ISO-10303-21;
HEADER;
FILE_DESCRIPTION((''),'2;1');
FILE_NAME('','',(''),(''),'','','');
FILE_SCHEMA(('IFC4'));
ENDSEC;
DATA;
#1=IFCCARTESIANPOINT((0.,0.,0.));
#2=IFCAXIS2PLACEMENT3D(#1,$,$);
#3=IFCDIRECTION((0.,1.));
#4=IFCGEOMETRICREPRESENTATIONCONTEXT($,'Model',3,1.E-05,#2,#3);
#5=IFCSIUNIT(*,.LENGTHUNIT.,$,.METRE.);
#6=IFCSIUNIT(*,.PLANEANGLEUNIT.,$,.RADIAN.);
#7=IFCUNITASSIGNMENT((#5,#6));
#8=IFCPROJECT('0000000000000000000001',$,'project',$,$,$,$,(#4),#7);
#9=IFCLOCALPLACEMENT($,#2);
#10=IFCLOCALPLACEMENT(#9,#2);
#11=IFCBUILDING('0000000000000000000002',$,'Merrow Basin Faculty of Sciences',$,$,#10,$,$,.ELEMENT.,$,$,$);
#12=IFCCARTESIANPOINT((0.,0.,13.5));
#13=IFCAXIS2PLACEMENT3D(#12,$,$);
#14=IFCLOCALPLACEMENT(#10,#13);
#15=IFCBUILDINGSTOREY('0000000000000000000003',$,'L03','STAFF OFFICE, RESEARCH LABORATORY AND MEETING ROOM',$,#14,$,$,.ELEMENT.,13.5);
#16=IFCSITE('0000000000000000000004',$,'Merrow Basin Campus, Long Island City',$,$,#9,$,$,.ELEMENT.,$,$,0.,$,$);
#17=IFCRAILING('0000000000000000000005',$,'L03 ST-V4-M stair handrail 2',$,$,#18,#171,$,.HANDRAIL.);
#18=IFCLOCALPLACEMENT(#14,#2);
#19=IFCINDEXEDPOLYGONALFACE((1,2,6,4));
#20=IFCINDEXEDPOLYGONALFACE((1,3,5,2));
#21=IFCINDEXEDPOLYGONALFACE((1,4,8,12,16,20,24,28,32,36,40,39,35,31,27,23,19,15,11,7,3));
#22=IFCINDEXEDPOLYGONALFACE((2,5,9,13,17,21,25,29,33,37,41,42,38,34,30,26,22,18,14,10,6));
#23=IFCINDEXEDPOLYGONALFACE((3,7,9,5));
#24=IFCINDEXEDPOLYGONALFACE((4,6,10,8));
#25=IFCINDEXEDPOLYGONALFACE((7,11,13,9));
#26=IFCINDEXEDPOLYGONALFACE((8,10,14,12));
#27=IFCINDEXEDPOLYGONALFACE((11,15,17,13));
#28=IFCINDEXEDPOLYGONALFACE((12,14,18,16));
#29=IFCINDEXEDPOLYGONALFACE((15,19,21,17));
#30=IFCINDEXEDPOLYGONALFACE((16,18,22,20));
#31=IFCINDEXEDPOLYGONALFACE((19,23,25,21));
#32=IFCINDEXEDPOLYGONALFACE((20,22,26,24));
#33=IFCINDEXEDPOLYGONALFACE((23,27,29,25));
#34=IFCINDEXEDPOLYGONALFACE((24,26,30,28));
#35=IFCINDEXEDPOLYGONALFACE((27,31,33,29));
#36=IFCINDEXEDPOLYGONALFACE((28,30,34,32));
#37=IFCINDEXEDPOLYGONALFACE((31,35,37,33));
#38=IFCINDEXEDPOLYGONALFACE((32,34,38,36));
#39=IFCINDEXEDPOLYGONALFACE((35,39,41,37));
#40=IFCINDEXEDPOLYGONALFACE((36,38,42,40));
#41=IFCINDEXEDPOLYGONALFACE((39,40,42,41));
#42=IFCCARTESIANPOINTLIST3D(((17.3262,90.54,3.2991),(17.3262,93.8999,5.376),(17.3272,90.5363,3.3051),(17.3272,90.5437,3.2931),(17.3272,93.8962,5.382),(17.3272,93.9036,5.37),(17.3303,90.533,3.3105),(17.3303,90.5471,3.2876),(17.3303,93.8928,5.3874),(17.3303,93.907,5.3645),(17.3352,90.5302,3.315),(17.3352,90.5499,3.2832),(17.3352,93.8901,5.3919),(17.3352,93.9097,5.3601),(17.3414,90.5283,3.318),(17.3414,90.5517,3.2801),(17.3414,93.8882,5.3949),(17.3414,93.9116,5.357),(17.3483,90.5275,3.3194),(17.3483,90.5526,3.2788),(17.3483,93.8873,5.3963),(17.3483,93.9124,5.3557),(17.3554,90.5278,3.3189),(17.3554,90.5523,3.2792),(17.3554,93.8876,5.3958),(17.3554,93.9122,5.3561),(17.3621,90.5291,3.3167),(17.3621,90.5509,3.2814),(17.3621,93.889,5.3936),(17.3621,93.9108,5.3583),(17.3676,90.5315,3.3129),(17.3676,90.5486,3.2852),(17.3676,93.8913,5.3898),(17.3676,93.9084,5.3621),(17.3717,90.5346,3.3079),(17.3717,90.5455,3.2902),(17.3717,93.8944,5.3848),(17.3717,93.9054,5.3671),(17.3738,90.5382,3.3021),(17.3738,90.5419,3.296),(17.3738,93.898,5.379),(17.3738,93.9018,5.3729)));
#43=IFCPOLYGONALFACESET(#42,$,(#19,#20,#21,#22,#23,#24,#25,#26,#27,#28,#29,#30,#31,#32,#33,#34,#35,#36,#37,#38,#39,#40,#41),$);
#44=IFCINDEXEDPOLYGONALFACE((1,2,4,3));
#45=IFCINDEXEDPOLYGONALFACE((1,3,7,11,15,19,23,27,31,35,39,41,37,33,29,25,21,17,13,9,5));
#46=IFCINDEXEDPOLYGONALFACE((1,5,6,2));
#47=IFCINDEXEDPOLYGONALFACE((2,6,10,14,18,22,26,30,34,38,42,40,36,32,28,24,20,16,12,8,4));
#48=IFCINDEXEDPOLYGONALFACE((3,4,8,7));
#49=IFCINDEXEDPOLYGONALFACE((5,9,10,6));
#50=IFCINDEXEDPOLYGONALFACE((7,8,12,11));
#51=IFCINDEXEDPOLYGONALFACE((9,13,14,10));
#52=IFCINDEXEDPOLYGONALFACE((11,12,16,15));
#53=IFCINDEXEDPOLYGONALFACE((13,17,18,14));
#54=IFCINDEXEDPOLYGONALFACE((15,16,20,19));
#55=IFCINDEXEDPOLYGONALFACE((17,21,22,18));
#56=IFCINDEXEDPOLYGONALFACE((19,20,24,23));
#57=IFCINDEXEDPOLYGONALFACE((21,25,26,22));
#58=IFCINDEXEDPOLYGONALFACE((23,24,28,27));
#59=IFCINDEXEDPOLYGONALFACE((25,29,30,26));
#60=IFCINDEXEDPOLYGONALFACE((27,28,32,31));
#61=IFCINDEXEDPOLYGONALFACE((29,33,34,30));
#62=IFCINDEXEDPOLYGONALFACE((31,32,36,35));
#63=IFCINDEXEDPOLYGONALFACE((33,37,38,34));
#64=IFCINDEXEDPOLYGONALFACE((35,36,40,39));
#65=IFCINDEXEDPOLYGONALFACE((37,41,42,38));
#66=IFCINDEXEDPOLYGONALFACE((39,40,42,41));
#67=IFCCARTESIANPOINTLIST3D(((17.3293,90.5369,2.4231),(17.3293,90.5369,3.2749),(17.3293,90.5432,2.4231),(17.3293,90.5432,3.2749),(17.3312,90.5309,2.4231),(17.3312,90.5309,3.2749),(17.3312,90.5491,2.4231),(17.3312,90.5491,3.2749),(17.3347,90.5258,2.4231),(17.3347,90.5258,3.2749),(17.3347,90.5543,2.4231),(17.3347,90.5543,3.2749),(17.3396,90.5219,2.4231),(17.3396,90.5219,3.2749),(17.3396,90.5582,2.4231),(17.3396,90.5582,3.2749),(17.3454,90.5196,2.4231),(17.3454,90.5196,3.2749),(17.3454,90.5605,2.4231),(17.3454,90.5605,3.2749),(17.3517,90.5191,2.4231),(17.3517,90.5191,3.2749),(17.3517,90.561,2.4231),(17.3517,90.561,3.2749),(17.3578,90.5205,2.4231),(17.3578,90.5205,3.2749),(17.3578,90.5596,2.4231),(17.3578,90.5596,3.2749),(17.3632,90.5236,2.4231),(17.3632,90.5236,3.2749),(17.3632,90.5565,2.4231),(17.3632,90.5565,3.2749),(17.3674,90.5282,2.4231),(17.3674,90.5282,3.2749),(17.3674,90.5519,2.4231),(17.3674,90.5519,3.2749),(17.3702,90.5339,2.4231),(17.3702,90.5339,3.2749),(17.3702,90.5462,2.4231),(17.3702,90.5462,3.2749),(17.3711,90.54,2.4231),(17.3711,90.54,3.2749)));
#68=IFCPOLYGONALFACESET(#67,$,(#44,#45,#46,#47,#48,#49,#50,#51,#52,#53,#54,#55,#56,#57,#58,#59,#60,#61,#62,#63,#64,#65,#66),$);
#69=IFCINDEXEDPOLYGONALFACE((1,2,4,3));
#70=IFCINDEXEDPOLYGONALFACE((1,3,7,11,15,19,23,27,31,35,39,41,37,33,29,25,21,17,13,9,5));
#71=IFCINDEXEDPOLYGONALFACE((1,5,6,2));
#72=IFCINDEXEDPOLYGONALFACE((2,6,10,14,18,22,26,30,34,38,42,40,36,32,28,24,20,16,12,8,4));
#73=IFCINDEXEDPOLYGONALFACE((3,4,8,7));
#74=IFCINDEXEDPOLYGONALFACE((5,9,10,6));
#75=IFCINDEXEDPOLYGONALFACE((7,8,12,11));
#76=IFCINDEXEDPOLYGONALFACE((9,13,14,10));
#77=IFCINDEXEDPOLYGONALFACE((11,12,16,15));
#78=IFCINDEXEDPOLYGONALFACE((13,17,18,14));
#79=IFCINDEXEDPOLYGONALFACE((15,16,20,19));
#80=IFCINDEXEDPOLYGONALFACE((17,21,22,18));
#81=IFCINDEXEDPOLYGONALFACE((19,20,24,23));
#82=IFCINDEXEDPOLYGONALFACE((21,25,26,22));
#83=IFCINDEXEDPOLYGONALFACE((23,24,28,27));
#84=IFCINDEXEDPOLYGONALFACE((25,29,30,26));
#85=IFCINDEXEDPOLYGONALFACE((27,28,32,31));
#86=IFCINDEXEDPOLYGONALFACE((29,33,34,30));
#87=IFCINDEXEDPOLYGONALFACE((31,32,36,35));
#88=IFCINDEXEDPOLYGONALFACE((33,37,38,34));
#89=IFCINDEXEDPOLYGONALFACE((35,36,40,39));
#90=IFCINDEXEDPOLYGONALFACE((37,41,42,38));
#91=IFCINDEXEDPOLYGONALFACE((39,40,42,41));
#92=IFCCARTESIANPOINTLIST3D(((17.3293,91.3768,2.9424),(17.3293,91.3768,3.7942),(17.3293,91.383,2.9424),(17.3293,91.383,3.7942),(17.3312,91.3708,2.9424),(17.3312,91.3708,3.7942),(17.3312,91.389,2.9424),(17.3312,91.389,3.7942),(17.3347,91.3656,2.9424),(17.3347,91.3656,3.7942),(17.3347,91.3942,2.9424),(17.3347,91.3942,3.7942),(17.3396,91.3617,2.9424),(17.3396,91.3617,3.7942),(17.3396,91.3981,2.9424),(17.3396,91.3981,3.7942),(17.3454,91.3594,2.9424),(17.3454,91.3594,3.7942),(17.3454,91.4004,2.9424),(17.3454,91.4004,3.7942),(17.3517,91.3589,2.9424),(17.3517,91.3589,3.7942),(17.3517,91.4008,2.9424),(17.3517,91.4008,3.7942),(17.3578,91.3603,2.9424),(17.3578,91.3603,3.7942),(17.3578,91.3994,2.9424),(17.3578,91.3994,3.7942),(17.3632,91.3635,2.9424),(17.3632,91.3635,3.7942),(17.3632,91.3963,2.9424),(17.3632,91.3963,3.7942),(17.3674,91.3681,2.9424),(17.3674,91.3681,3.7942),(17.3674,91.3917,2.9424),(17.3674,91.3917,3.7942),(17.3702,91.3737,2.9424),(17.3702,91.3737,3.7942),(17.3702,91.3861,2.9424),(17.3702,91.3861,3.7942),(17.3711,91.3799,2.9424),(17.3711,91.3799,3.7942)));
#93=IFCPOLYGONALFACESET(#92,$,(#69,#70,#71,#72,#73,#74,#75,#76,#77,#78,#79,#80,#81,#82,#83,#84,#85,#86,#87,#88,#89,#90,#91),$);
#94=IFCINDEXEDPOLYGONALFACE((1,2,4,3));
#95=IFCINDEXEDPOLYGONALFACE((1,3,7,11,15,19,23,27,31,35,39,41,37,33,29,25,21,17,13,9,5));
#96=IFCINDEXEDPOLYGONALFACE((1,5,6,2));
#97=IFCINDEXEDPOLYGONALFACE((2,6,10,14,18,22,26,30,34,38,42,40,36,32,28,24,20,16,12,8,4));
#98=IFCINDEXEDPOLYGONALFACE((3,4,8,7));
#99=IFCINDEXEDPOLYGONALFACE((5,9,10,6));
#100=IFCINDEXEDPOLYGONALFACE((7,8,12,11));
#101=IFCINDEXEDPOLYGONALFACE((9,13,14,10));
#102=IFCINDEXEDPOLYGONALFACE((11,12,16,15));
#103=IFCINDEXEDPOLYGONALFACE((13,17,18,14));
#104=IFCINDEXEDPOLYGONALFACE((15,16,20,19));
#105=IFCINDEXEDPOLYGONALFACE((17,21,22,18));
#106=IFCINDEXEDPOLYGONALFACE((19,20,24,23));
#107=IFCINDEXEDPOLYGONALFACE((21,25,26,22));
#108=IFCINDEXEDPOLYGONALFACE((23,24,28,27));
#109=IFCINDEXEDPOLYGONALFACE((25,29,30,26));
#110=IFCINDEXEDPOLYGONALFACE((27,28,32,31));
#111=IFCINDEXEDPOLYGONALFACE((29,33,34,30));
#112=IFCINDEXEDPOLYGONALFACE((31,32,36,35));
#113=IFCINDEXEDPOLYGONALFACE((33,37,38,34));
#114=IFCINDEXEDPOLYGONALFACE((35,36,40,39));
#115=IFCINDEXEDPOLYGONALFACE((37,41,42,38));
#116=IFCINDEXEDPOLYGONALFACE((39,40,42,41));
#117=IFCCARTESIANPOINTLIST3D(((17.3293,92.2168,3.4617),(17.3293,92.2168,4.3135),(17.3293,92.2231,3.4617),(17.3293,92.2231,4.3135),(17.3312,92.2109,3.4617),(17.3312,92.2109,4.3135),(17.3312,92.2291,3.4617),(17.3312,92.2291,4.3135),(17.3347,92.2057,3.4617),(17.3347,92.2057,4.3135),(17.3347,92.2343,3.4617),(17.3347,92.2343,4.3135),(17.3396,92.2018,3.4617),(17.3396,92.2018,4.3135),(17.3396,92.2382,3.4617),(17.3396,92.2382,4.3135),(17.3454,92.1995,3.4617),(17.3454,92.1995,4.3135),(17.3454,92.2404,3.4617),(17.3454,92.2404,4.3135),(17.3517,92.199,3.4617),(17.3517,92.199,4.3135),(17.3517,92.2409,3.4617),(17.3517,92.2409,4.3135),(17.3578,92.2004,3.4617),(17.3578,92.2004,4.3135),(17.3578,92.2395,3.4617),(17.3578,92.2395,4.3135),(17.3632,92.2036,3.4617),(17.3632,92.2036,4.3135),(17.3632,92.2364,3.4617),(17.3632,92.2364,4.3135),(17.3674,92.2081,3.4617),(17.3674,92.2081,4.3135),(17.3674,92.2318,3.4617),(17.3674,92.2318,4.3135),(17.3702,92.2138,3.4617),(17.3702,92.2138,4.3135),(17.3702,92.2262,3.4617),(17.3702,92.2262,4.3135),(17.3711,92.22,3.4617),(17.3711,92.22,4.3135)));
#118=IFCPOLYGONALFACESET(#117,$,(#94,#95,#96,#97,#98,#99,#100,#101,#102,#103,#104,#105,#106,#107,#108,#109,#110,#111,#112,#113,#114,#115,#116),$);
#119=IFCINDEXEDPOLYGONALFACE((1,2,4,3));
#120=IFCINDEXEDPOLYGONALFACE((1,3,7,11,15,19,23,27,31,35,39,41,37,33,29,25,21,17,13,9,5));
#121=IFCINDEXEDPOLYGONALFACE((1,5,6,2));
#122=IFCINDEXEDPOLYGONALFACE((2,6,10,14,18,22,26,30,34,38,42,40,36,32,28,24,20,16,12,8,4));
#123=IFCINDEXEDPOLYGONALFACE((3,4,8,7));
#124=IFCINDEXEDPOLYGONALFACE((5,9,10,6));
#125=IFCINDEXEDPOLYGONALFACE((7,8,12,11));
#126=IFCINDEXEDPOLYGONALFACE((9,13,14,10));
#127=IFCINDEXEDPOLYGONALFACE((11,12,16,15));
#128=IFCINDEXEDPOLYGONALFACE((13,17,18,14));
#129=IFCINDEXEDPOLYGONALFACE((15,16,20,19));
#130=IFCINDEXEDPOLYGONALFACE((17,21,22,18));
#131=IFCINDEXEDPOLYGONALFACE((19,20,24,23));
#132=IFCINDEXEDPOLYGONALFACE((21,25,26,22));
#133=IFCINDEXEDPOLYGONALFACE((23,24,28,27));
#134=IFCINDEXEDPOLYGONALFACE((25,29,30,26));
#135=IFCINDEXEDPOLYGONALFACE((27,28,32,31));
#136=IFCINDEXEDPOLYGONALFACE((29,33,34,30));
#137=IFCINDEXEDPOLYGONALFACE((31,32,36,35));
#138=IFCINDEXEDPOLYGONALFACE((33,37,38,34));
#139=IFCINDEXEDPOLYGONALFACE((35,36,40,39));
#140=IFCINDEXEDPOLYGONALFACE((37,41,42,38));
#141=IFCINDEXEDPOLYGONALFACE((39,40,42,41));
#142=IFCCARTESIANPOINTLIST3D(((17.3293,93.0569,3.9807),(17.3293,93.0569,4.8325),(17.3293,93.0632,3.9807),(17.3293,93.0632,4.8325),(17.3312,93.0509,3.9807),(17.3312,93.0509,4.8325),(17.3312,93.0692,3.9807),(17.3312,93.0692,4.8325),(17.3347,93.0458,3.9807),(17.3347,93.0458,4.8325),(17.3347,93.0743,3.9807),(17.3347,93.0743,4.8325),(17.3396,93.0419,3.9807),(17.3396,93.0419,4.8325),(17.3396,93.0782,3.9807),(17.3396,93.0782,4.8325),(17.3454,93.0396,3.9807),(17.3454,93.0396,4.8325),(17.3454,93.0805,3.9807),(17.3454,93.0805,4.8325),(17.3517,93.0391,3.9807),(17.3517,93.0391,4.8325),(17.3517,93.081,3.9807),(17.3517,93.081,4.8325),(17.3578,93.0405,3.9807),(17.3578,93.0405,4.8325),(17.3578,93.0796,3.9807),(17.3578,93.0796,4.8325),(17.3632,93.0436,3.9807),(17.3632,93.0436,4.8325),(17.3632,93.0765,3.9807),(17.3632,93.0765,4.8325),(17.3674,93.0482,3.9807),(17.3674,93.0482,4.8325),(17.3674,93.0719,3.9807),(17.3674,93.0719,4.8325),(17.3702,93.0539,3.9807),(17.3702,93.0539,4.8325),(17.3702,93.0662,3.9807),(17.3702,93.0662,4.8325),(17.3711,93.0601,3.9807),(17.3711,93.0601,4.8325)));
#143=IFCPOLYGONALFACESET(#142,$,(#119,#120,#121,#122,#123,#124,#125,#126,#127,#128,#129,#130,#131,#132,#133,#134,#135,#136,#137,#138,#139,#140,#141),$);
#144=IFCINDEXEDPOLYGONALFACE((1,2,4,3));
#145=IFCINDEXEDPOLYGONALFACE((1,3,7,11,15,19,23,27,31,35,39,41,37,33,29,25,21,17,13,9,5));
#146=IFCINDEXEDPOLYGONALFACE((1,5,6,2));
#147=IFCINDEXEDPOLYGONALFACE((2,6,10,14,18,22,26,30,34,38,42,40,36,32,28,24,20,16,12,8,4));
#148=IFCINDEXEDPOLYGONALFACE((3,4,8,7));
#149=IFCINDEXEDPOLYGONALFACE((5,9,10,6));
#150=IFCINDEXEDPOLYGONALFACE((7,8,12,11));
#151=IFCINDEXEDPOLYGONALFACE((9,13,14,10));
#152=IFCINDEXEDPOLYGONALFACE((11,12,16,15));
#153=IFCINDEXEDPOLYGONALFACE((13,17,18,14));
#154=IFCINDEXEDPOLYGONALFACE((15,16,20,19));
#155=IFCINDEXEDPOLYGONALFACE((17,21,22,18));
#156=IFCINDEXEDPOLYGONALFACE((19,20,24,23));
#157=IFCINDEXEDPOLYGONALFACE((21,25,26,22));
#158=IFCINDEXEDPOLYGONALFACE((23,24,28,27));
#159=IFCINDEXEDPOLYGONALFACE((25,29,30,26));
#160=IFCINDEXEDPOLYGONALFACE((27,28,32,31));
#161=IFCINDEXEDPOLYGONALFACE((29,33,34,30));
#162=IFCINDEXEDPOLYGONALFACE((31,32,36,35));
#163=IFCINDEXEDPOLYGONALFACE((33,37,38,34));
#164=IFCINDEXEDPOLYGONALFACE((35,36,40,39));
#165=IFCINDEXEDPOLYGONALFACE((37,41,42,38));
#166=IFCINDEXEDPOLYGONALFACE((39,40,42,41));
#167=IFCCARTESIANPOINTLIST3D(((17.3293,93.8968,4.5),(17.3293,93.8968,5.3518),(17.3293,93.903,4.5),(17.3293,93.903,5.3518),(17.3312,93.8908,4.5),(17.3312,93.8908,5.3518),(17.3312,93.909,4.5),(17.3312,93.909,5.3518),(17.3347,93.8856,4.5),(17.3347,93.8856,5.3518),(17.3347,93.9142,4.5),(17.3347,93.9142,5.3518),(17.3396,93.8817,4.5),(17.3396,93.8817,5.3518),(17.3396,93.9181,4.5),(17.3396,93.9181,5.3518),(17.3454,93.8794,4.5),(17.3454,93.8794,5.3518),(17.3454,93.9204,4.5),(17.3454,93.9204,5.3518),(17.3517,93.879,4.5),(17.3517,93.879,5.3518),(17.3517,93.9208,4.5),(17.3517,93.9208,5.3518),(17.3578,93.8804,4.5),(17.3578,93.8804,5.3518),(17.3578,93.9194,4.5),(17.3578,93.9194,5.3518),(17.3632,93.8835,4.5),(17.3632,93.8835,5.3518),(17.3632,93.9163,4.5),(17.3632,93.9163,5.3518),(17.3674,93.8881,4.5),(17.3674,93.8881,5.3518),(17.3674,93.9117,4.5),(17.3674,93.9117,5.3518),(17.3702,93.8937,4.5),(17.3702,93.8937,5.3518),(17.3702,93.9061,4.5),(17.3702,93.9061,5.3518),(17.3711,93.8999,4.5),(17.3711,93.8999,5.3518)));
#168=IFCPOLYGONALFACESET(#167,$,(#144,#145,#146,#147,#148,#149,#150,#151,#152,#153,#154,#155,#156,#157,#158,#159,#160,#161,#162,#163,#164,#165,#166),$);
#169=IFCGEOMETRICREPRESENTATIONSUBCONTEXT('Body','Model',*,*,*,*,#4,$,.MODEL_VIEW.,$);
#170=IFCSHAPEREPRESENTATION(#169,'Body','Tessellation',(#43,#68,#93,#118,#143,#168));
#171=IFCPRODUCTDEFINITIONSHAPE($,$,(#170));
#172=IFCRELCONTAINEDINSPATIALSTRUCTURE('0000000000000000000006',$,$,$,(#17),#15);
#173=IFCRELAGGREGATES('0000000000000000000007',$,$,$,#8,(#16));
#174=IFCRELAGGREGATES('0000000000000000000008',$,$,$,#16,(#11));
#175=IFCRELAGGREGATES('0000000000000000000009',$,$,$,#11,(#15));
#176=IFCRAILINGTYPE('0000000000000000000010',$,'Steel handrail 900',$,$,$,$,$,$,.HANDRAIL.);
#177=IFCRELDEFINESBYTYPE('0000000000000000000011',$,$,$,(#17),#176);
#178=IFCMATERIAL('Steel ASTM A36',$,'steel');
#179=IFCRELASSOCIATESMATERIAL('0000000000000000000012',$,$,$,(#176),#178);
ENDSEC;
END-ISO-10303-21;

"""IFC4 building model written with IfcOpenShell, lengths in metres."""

from ifc_helpers import new_model, si_unit, direction, frame, origin, origin_2d, place, context, subcontext, project, spatial, circle, extrude, material, type_object, element, save


model = new_model("IFC4")

# Units and contexts
model_context = context("Model", 3, precision=1e-05, world=origin(), true_north=direction((0.0, 1.0)))
body_context = subcontext(model_context, "Body", "Model", "MODEL_VIEW")
ifc_project = project(units=[si_unit("LENGTHUNIT", "METRE"), si_unit("PLANEANGLEUNIT", "RADIAN")], contexts=[model_context])

# Site, building, storey
site_placement = place(None, origin())
site = spatial("IfcSite", under=ifc_project, at=site_placement, Name="Merrow Basin Campus, Long Island City", CompositionType="ELEMENT", RefElevation=0.0)
building_placement = place(site_placement, origin())
building = spatial("IfcBuilding", under=site, at=building_placement, Name="Merrow Basin Faculty of Sciences", CompositionType="ELEMENT")
storey_placement = place(building_placement, frame((0.0, 0.0, 13.5)))
storey = spatial("IfcBuildingStorey", under=building, at=storey_placement, Name="L03", Description="STAFF OFFICE, RESEARCH LABORATORY AND MEETING ROOM", CompositionType="ELEMENT", Elevation=13.5)

# Railing
ifc_material_1 = material(Name="Steel ASTM A36", Category="steel")
railing_type_1 = type_object("IfcRailingType", Name="Steel handrail 900", PredefinedType="HANDRAIL", material=ifc_material_1)
railing_1_placement = place(storey_placement, frame((17.3501, 90.54, 2.4231)))
element("IfcRailing", 1, at=railing_1_placement, inside=storey, type_object=railing_type_1, Name="L03 ST-V4-M stair handrail 2", PredefinedType="HANDRAIL", context=body_context, shape_type="SweptSolid", body=[
    extrude(circle(Radius=0.0239, at=origin_2d()), frame((0.0, 0.0, 0.876), z_axis=(0.0, 0.850606, 0.525803), x_axis=(-1.0, 0.0, 0.0)), (0.0, 0.0, 1.0), 3.95),
    extrude(circle(Radius=0.021, at=origin_2d()), origin(), (0.0, 0.0, 1.0), 0.8518),
    extrude(circle(Radius=0.021, at=origin_2d()), frame((0.0, 0.8398, 0.5193)), (0.0, 0.0, 1.0), 0.8518),
    extrude(circle(Radius=0.021, at=origin_2d()), frame((0.0, 1.6799, 1.0386)), (0.0, 0.0, 1.0), 0.8518),
    extrude(circle(Radius=0.021, at=origin_2d()), frame((0.0, 2.52, 1.5576)), (0.0, 0.0, 1.0), 0.8518),
    extrude(circle(Radius=0.021, at=origin_2d()), frame((0.0, 3.3599, 2.0769)), (0.0, 0.0, 1.0), 0.8518),
])

save(model, "model.ifc")
